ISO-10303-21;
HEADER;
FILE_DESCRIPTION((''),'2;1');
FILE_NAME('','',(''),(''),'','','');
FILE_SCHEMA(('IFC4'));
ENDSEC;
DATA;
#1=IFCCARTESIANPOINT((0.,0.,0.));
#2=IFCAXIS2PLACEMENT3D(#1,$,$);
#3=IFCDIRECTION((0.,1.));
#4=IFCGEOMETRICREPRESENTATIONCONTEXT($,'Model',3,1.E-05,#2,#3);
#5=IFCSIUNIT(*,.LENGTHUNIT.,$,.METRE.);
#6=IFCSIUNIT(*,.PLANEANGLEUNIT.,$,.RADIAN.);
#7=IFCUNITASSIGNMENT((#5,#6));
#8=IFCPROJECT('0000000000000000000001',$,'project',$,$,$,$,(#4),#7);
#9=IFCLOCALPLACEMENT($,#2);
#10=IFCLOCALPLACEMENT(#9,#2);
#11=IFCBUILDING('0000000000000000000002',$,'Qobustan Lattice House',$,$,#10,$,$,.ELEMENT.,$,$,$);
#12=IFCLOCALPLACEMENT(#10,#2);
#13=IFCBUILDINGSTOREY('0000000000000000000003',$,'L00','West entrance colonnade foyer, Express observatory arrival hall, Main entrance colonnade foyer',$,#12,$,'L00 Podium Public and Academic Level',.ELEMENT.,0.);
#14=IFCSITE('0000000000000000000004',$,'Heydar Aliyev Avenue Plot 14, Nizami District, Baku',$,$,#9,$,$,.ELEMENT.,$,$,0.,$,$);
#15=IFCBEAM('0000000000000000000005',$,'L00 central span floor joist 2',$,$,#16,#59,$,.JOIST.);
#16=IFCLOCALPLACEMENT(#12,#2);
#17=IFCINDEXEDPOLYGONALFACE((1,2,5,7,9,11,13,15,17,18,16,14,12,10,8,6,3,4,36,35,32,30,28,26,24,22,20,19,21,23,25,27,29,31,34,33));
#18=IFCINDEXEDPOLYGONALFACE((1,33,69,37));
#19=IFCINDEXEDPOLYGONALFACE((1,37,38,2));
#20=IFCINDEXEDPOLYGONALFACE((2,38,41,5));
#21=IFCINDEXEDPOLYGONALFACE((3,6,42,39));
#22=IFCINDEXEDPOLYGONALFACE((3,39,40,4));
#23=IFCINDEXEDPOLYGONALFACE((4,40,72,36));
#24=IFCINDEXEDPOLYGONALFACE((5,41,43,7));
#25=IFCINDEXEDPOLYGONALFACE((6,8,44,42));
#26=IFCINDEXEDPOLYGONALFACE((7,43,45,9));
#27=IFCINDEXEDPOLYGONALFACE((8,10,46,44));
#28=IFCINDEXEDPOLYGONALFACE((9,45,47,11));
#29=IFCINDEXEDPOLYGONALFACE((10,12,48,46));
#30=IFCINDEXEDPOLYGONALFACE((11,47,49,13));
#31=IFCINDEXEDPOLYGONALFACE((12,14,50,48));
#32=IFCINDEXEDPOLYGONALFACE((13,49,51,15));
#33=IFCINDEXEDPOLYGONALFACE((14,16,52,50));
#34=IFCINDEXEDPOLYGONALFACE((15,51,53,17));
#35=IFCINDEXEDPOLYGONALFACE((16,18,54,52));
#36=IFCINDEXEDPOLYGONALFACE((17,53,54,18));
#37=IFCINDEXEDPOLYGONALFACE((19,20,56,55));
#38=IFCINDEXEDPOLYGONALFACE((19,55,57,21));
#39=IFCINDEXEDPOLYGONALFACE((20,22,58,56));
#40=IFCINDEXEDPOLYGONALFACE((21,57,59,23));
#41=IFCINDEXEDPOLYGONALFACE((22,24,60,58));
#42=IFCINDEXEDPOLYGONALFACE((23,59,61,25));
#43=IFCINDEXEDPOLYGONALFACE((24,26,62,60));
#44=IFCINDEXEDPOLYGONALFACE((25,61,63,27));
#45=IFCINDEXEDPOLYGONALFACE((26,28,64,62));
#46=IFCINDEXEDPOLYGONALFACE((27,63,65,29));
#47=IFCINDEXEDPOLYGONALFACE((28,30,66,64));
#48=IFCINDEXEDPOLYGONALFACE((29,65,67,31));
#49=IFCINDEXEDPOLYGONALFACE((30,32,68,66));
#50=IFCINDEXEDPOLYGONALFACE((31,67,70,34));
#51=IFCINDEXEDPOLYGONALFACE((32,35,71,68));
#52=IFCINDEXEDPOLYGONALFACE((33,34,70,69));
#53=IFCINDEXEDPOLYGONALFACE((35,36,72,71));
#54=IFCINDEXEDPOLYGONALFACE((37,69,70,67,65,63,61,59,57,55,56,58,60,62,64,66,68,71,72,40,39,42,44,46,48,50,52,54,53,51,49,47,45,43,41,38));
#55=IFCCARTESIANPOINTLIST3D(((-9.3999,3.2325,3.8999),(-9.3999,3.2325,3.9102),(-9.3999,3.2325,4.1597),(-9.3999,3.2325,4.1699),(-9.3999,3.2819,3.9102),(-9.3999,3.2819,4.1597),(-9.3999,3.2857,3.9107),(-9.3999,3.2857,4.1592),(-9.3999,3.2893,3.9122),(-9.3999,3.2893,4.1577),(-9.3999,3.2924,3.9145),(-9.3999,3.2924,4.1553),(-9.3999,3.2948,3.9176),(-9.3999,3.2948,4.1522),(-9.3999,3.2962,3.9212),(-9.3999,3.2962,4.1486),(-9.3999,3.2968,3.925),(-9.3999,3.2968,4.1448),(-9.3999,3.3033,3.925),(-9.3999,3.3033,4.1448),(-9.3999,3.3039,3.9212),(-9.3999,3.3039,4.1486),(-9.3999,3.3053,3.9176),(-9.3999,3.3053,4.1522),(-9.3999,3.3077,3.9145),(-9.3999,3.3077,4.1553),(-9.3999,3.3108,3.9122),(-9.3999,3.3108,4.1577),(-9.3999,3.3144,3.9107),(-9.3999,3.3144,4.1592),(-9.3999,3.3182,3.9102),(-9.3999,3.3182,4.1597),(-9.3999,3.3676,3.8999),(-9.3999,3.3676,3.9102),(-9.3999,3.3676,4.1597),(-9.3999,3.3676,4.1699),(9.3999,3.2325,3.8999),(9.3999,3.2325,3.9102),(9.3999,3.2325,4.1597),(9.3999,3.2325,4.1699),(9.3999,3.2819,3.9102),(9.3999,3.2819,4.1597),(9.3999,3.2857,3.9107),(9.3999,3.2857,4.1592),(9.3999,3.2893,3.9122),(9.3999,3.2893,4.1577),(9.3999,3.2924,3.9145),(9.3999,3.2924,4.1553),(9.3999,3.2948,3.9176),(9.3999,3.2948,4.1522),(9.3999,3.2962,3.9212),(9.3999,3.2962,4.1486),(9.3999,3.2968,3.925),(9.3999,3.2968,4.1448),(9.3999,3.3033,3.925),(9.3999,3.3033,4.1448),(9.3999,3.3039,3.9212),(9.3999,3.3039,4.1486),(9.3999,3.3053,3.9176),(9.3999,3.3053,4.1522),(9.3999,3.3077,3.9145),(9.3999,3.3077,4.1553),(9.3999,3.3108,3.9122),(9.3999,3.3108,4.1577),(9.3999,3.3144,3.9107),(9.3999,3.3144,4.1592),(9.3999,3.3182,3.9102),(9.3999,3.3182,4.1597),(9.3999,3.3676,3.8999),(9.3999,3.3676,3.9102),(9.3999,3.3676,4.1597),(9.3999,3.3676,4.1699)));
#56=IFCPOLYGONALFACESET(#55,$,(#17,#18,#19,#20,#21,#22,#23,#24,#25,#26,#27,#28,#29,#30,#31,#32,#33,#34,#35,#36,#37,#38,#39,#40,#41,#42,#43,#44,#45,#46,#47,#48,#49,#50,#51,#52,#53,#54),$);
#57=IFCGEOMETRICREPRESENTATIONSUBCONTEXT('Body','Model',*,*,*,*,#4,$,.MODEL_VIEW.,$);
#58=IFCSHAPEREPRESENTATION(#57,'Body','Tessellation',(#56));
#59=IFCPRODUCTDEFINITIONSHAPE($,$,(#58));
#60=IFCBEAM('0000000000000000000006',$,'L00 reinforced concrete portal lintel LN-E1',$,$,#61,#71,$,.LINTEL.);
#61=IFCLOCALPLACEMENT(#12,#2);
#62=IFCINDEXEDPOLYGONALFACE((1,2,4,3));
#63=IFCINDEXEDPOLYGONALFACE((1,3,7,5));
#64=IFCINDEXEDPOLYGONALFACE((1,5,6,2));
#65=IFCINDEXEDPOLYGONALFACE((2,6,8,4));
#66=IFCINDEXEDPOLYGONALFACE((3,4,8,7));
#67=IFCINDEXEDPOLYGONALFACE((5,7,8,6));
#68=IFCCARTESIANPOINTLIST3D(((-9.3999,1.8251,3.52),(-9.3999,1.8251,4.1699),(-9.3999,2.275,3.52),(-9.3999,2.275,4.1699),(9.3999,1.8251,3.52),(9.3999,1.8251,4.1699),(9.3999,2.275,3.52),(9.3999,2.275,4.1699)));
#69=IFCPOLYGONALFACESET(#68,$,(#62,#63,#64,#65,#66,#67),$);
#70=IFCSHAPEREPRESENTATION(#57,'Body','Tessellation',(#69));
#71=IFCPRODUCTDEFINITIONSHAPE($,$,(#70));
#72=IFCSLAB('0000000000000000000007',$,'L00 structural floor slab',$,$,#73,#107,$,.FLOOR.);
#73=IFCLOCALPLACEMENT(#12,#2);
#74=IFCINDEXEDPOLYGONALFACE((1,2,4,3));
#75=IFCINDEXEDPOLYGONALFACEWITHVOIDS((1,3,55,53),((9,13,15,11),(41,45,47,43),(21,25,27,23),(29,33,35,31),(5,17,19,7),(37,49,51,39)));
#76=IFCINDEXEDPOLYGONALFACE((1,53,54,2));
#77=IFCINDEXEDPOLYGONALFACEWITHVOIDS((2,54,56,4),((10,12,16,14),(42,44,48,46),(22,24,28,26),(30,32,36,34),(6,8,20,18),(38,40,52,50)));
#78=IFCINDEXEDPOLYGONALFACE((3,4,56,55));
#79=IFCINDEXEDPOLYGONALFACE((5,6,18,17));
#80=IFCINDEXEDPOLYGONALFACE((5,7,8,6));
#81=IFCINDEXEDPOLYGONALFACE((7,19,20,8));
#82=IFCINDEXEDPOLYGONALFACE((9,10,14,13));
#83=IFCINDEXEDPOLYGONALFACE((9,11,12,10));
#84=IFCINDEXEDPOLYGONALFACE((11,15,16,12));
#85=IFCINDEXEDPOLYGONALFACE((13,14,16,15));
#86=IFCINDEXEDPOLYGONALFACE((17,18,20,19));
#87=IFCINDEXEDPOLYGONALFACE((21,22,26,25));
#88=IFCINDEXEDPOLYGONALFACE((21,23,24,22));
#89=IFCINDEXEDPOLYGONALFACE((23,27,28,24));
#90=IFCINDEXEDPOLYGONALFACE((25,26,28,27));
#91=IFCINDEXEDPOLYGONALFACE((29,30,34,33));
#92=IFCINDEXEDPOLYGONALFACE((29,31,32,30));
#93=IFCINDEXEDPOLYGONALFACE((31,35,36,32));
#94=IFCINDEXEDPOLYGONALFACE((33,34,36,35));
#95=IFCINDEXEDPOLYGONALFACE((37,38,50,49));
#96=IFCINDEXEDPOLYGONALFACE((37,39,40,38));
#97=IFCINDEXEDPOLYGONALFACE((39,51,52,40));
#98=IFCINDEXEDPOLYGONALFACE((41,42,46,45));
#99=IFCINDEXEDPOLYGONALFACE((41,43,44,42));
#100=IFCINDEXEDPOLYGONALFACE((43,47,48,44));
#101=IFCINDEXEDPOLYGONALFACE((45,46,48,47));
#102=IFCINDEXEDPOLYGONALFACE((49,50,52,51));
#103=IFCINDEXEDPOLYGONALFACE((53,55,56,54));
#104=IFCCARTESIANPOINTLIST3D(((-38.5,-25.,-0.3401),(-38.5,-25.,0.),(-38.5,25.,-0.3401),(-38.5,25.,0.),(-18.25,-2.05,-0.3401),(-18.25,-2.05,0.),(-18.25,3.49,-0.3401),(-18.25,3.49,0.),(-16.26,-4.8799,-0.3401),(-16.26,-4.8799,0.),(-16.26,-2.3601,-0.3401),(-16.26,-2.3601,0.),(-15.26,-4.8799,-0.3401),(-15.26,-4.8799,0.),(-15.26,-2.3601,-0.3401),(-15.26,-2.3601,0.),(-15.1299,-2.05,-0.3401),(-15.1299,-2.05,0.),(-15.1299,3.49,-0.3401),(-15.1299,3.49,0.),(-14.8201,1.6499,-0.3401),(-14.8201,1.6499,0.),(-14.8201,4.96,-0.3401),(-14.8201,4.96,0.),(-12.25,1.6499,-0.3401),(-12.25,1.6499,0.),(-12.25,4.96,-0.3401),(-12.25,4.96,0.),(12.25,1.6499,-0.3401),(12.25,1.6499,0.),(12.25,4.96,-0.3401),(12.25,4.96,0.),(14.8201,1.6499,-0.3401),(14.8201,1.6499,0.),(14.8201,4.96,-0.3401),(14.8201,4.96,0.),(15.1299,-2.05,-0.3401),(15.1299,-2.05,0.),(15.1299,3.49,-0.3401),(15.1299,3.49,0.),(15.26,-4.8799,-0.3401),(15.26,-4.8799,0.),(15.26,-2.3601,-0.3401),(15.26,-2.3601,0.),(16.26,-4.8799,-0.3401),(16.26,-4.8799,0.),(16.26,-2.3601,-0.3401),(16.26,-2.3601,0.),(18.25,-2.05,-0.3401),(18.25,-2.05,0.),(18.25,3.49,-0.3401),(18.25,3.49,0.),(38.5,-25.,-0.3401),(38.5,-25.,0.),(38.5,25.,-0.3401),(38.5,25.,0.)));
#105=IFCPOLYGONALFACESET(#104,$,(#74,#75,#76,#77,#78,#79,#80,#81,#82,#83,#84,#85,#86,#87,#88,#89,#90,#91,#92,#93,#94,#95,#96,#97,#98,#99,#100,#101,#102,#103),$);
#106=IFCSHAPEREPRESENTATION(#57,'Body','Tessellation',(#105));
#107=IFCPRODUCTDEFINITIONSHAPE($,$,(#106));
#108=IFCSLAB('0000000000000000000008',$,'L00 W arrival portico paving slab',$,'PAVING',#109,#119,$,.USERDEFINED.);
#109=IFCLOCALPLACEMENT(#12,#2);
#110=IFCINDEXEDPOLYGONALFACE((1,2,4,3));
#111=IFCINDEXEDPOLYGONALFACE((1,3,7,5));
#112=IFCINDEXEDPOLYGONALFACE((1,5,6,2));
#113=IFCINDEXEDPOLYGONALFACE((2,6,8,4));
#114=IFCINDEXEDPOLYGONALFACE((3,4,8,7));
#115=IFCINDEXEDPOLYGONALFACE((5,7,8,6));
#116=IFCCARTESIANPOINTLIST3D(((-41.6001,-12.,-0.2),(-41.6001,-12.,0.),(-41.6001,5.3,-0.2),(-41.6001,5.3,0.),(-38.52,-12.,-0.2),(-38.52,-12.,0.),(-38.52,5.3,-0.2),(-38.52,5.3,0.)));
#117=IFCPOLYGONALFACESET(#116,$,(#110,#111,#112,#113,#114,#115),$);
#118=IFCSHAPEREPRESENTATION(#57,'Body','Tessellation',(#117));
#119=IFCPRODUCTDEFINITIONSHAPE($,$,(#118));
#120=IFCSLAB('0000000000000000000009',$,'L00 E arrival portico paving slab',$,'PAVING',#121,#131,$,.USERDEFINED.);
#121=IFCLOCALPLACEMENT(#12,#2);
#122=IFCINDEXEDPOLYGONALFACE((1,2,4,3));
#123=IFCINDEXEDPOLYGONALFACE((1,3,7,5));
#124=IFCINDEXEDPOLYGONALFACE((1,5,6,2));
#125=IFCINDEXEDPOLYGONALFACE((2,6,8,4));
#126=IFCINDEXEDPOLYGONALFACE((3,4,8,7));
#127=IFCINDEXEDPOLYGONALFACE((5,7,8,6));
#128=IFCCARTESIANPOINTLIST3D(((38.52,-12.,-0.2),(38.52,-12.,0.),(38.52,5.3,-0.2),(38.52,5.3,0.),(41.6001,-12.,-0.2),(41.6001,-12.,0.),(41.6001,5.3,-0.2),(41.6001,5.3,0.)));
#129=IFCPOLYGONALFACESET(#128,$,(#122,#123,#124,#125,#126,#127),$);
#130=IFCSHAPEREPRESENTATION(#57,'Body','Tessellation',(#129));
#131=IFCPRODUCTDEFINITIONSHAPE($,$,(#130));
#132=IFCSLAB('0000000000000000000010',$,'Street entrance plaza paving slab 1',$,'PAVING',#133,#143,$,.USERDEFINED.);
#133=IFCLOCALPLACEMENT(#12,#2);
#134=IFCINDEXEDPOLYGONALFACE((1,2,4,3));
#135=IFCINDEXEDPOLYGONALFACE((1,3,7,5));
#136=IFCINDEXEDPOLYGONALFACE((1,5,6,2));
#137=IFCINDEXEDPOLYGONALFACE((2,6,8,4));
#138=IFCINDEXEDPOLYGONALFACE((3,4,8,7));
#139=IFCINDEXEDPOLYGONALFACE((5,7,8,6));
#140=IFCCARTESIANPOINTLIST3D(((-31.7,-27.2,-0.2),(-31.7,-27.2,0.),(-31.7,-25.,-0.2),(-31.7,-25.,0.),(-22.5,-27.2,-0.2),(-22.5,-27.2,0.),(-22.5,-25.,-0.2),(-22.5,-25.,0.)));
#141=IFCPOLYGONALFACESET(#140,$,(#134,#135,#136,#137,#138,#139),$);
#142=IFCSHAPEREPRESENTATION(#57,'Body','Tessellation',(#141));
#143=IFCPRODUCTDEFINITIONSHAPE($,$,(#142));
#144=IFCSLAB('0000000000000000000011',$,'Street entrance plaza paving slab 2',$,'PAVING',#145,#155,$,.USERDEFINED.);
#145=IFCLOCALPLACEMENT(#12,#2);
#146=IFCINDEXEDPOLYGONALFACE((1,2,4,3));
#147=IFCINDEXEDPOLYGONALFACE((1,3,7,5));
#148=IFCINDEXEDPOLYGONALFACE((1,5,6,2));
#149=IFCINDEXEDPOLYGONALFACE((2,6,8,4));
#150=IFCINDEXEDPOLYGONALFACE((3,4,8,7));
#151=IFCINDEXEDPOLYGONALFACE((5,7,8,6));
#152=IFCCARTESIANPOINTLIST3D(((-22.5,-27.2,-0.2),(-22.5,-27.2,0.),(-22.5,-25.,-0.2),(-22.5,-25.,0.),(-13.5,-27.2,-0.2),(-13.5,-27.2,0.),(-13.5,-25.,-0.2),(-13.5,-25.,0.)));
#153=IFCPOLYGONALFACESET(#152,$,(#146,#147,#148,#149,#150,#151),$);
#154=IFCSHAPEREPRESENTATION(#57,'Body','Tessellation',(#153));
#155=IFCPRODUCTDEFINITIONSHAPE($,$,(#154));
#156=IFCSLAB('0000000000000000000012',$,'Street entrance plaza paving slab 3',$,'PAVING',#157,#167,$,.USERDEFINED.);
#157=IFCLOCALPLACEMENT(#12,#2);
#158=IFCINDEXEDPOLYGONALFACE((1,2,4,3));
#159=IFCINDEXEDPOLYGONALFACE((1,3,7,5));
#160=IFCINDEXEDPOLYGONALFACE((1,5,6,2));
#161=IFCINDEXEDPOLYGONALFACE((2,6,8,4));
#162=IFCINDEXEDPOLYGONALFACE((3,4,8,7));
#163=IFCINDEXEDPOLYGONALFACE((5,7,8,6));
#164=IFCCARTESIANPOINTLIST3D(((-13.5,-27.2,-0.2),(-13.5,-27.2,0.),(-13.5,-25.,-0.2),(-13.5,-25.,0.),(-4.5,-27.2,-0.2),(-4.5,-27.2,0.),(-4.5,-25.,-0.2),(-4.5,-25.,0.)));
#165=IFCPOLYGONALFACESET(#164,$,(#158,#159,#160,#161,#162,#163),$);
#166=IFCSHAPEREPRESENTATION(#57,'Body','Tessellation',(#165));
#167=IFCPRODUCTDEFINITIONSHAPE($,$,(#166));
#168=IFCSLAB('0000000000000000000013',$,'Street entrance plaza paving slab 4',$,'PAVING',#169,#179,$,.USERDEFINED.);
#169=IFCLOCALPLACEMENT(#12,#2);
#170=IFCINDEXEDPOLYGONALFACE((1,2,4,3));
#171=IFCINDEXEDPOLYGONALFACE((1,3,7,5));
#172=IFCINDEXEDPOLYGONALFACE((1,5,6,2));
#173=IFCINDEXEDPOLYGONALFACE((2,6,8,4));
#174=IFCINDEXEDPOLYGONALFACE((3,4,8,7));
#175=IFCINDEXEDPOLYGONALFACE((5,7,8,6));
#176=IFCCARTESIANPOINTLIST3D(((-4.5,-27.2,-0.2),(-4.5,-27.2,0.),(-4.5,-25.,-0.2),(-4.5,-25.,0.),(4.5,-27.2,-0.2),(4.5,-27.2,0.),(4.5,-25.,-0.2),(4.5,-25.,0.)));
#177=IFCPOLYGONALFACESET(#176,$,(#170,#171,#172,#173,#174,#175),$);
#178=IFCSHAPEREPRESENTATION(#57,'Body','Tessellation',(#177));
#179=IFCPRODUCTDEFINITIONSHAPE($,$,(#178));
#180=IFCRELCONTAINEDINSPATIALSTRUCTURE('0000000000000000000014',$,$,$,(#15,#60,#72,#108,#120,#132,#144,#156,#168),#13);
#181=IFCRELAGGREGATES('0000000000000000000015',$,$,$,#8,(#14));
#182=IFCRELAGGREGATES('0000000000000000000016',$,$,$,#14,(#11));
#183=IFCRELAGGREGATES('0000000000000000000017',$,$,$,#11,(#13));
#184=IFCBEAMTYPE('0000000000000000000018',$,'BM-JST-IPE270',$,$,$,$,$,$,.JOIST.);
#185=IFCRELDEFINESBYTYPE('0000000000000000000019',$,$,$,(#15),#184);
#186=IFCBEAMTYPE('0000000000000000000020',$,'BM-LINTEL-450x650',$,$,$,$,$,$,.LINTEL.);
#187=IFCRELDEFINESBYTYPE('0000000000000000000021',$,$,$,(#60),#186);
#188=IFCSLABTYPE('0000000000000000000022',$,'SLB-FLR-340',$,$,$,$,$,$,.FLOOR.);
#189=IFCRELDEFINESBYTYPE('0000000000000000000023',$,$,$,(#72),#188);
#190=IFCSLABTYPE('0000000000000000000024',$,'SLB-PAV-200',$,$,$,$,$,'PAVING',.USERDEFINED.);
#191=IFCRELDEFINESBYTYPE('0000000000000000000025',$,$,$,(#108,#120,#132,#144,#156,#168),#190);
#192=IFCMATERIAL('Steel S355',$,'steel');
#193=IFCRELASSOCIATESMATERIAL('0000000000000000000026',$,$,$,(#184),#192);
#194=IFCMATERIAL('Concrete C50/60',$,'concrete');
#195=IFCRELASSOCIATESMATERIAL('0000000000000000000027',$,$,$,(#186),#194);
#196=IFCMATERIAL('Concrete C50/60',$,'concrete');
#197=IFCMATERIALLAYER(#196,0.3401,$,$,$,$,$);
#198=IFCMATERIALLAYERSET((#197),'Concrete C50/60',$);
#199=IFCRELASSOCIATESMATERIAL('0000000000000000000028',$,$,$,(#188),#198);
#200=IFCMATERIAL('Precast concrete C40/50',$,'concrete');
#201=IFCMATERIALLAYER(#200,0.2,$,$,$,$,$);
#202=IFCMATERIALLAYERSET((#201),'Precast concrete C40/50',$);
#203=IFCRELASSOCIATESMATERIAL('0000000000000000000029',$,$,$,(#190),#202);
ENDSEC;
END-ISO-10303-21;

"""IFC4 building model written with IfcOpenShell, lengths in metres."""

from ifc_helpers import new_model, si_unit, direction, frame, origin, origin_2d, place, context, subcontext, project, spatial, polyline, rectangle, i_section, outline, extrude, material, layer, layer_set, material_profile, profile_set, type_object, element, save


model = new_model("IFC4")

# Units and contexts
model_context = context("Model", 3, precision=1e-05, world=origin(), true_north=direction((0.0, 1.0)))
body_context = subcontext(model_context, "Body", "Model", "MODEL_VIEW")
ifc_project = project(units=[si_unit("LENGTHUNIT", "METRE"), si_unit("PLANEANGLEUNIT", "RADIAN")], contexts=[model_context])

# Site, building, storey
site_placement = place(None, origin())
site = spatial("IfcSite", under=ifc_project, at=site_placement, Name="Heydar Aliyev Avenue Plot 14, Nizami District, Baku", CompositionType="ELEMENT", RefElevation=0.0)
building_placement = place(site_placement, origin())
building = spatial("IfcBuilding", under=site, at=building_placement, Name="Qobustan Lattice House", CompositionType="ELEMENT")
storey_placement = place(building_placement, origin())
storey = spatial("IfcBuildingStorey", under=building, at=storey_placement, Name="L00", Description="West entrance colonnade foyer, Express observatory arrival hall, Main entrance colonnade foyer", LongName="L00 Podium Public and Academic Level", CompositionType="ELEMENT", Elevation=0.0)

# Beams
ifc_material_1 = material(Name="Steel S355", Category="steel")
ifc_material_profile_1 = material_profile(ifc_material_1, i_section(OverallWidth=0.135, OverallDepth=0.27, WebThickness=0.0066, FlangeThickness=0.0103, FilletRadius=0.0149, at=origin_2d()), Name="IPE270")
ifc_profile_set_1 = profile_set([ifc_material_profile_1], Name="Steel S355")
beam_type_1 = type_object("IfcBeamType", Name="BM-JST-IPE270", PredefinedType="JOIST", material=ifc_profile_set_1)
beam_1_placement = place(storey_placement, frame((-9.3999, 3.3, 4.0349), z_axis=(1.0, 0.0, 0.0), x_axis=(0.0, 1.0, 0.0)))
element("IfcBeam", 1, at=beam_1_placement, inside=storey, type_object=beam_type_1, Name="L00 central span floor joist 2", PredefinedType="JOIST", context=body_context, shape_type="SweptSolid", body=[
    extrude(i_section(OverallWidth=0.135, OverallDepth=0.27, WebThickness=0.0066, FlangeThickness=0.0103, FilletRadius=0.0149, at=origin_2d()), origin(), (0.0, 0.0, 1.0), 18.7998),
])
ifc_material_2 = material(Name="Concrete C50/60", Category="concrete")
ifc_material_profile_2 = material_profile(ifc_material_2, rectangle(XDim=0.45, YDim=0.6499, at=origin_2d()), Name="RC450x650")
ifc_profile_set_2 = profile_set([ifc_material_profile_2], Name="Concrete C50/60")
beam_type_2 = type_object("IfcBeamType", Name="BM-LINTEL-450x650", PredefinedType="LINTEL", material=ifc_profile_set_2)
beam_2_placement = place(storey_placement, frame((-9.3999, 2.05, 3.845), z_axis=(1.0, 0.0, 0.0), x_axis=(0.0, 1.0, 0.0)))
element("IfcBeam", 2, at=beam_2_placement, inside=storey, type_object=beam_type_2, Name="L00 reinforced concrete portal lintel LN-E1", PredefinedType="LINTEL", context=body_context, shape_type="SweptSolid", body=[
    extrude(rectangle(XDim=0.45, YDim=0.6499, at=origin_2d()), origin(), (0.0, 0.0, 1.0), 18.7998),
])

# Slabs
ifc_material_3 = material(Name="Concrete C50/60", Category="concrete")
ifc_layer_1 = layer(ifc_material_3, 0.3401)
ifc_layer_set_1 = layer_set([ifc_layer_1], Name="Concrete C50/60")
slab_type_1 = type_object("IfcSlabType", Name="SLB-FLR-340", PredefinedType="FLOOR", material=ifc_layer_set_1)
slab_1_placement = place(storey_placement, frame((0.0, 0.0, -0.3401)))
element("IfcSlab", 3, at=slab_1_placement, inside=storey, type_object=slab_type_1, Name="L00 structural floor slab", PredefinedType="FLOOR", context=body_context, shape_type="SweptSolid", body=[
    extrude(outline(polyline([(-38.5, -25.0), (38.5, -25.0), (38.5, 25.0), (-38.5, 25.0), (-38.5, -25.0)]), holes=[polyline([(-18.25, -2.05), (-18.25, 3.49), (-15.1299, 3.49), (-15.1299, -2.05), (-18.25, -2.05)]), polyline([(15.1299, -2.05), (15.1299, 3.49), (18.25, 3.49), (18.25, -2.05), (15.1299, -2.05)]), polyline([(-14.8201, 1.6499), (-14.8201, 4.96), (-12.25, 4.96), (-12.25, 1.6499), (-14.8201, 1.6499)]), polyline([(12.25, 1.6499), (12.25, 4.96), (14.8201, 4.96), (14.8201, 1.6499), (12.25, 1.6499)]), polyline([(-16.26, -4.8799), (-16.26, -2.3601), (-15.26, -2.3601), (-15.26, -4.8799), (-16.26, -4.8799)]), polyline([(15.26, -4.8799), (15.26, -2.3601), (16.26, -2.3601), (16.26, -4.8799), (15.26, -4.8799)])]), origin(), (0.0, 0.0, 1.0), 0.3401),
])
ifc_material_4 = material(Name="Precast concrete C40/50", Category="concrete")
ifc_layer_2 = layer(ifc_material_4, 0.2)
ifc_layer_set_2 = layer_set([ifc_layer_2], Name="Precast concrete C40/50")
slab_type_2 = type_object("IfcSlabType", Name="SLB-PAV-200", ElementType="PAVING", PredefinedType="USERDEFINED", material=ifc_layer_set_2)
slab_2_placement = place(storey_placement, frame((0.0, 0.0, -0.2)))
element("IfcSlab", 4, at=slab_2_placement, inside=storey, type_object=slab_type_2, Name="L00 W arrival portico paving slab", ObjectType="PAVING", PredefinedType="USERDEFINED", context=body_context, shape_type="SweptSolid", body=[
    extrude(outline(polyline([(-41.6001, -12.0), (-38.52, -12.0), (-38.52, 5.3), (-41.6001, 5.3), (-41.6001, -12.0)])), origin(), (0.0, 0.0, 1.0), 0.2),
])
slab_3_placement = place(storey_placement, frame((0.0, 0.0, -0.2)))
element("IfcSlab", 5, at=slab_3_placement, inside=storey, type_object=slab_type_2, Name="L00 E arrival portico paving slab", ObjectType="PAVING", PredefinedType="USERDEFINED", context=body_context, shape_type="SweptSolid", body=[
    extrude(outline(polyline([(38.52, -12.0), (41.6001, -12.0), (41.6001, 5.3), (38.52, 5.3), (38.52, -12.0)])), origin(), (0.0, 0.0, 1.0), 0.2),
])
slab_4_placement = place(storey_placement, frame((0.0, 0.0, -0.2)))
element("IfcSlab", 6, at=slab_4_placement, inside=storey, type_object=slab_type_2, Name="Street entrance plaza paving slab 1", ObjectType="PAVING", PredefinedType="USERDEFINED", context=body_context, shape_type="SweptSolid", body=[
    extrude(outline(polyline([(-31.7, -27.2), (-22.5, -27.2), (-22.5, -25.0), (-31.7, -25.0), (-31.7, -27.2)])), origin(), (0.0, 0.0, 1.0), 0.2),
])
slab_5_placement = place(storey_placement, frame((0.0, 0.0, -0.2)))
element("IfcSlab", 7, at=slab_5_placement, inside=storey, type_object=slab_type_2, Name="Street entrance plaza paving slab 2", ObjectType="PAVING", PredefinedType="USERDEFINED", context=body_context, shape_type="SweptSolid", body=[
    extrude(outline(polyline([(-22.5, -27.2), (-13.5, -27.2), (-13.5, -25.0), (-22.5, -25.0), (-22.5, -27.2)])), origin(), (0.0, 0.0, 1.0), 0.2),
])
slab_6_placement = place(storey_placement, frame((0.0, 0.0, -0.2)))
element("IfcSlab", 8, at=slab_6_placement, inside=storey, type_object=slab_type_2, Name="Street entrance plaza paving slab 3", ObjectType="PAVING", PredefinedType="USERDEFINED", context=body_context, shape_type="SweptSolid", body=[
    extrude(outline(polyline([(-13.5, -27.2), (-4.5, -27.2), (-4.5, -25.0), (-13.5, -25.0), (-13.5, -27.2)])), origin(), (0.0, 0.0, 1.0), 0.2),
])
slab_7_placement = place(storey_placement, frame((0.0, 0.0, -0.2)))
element("IfcSlab", 9, at=slab_7_placement, inside=storey, type_object=slab_type_2, Name="Street entrance plaza paving slab 4", ObjectType="PAVING", PredefinedType="USERDEFINED", context=body_context, shape_type="SweptSolid", body=[
    extrude(outline(polyline([(-4.5, -27.2), (4.5, -27.2), (4.5, -25.0), (-4.5, -25.0), (-4.5, -27.2)])), origin(), (0.0, 0.0, 1.0), 0.2),
])

save(model, "model.ifc")
